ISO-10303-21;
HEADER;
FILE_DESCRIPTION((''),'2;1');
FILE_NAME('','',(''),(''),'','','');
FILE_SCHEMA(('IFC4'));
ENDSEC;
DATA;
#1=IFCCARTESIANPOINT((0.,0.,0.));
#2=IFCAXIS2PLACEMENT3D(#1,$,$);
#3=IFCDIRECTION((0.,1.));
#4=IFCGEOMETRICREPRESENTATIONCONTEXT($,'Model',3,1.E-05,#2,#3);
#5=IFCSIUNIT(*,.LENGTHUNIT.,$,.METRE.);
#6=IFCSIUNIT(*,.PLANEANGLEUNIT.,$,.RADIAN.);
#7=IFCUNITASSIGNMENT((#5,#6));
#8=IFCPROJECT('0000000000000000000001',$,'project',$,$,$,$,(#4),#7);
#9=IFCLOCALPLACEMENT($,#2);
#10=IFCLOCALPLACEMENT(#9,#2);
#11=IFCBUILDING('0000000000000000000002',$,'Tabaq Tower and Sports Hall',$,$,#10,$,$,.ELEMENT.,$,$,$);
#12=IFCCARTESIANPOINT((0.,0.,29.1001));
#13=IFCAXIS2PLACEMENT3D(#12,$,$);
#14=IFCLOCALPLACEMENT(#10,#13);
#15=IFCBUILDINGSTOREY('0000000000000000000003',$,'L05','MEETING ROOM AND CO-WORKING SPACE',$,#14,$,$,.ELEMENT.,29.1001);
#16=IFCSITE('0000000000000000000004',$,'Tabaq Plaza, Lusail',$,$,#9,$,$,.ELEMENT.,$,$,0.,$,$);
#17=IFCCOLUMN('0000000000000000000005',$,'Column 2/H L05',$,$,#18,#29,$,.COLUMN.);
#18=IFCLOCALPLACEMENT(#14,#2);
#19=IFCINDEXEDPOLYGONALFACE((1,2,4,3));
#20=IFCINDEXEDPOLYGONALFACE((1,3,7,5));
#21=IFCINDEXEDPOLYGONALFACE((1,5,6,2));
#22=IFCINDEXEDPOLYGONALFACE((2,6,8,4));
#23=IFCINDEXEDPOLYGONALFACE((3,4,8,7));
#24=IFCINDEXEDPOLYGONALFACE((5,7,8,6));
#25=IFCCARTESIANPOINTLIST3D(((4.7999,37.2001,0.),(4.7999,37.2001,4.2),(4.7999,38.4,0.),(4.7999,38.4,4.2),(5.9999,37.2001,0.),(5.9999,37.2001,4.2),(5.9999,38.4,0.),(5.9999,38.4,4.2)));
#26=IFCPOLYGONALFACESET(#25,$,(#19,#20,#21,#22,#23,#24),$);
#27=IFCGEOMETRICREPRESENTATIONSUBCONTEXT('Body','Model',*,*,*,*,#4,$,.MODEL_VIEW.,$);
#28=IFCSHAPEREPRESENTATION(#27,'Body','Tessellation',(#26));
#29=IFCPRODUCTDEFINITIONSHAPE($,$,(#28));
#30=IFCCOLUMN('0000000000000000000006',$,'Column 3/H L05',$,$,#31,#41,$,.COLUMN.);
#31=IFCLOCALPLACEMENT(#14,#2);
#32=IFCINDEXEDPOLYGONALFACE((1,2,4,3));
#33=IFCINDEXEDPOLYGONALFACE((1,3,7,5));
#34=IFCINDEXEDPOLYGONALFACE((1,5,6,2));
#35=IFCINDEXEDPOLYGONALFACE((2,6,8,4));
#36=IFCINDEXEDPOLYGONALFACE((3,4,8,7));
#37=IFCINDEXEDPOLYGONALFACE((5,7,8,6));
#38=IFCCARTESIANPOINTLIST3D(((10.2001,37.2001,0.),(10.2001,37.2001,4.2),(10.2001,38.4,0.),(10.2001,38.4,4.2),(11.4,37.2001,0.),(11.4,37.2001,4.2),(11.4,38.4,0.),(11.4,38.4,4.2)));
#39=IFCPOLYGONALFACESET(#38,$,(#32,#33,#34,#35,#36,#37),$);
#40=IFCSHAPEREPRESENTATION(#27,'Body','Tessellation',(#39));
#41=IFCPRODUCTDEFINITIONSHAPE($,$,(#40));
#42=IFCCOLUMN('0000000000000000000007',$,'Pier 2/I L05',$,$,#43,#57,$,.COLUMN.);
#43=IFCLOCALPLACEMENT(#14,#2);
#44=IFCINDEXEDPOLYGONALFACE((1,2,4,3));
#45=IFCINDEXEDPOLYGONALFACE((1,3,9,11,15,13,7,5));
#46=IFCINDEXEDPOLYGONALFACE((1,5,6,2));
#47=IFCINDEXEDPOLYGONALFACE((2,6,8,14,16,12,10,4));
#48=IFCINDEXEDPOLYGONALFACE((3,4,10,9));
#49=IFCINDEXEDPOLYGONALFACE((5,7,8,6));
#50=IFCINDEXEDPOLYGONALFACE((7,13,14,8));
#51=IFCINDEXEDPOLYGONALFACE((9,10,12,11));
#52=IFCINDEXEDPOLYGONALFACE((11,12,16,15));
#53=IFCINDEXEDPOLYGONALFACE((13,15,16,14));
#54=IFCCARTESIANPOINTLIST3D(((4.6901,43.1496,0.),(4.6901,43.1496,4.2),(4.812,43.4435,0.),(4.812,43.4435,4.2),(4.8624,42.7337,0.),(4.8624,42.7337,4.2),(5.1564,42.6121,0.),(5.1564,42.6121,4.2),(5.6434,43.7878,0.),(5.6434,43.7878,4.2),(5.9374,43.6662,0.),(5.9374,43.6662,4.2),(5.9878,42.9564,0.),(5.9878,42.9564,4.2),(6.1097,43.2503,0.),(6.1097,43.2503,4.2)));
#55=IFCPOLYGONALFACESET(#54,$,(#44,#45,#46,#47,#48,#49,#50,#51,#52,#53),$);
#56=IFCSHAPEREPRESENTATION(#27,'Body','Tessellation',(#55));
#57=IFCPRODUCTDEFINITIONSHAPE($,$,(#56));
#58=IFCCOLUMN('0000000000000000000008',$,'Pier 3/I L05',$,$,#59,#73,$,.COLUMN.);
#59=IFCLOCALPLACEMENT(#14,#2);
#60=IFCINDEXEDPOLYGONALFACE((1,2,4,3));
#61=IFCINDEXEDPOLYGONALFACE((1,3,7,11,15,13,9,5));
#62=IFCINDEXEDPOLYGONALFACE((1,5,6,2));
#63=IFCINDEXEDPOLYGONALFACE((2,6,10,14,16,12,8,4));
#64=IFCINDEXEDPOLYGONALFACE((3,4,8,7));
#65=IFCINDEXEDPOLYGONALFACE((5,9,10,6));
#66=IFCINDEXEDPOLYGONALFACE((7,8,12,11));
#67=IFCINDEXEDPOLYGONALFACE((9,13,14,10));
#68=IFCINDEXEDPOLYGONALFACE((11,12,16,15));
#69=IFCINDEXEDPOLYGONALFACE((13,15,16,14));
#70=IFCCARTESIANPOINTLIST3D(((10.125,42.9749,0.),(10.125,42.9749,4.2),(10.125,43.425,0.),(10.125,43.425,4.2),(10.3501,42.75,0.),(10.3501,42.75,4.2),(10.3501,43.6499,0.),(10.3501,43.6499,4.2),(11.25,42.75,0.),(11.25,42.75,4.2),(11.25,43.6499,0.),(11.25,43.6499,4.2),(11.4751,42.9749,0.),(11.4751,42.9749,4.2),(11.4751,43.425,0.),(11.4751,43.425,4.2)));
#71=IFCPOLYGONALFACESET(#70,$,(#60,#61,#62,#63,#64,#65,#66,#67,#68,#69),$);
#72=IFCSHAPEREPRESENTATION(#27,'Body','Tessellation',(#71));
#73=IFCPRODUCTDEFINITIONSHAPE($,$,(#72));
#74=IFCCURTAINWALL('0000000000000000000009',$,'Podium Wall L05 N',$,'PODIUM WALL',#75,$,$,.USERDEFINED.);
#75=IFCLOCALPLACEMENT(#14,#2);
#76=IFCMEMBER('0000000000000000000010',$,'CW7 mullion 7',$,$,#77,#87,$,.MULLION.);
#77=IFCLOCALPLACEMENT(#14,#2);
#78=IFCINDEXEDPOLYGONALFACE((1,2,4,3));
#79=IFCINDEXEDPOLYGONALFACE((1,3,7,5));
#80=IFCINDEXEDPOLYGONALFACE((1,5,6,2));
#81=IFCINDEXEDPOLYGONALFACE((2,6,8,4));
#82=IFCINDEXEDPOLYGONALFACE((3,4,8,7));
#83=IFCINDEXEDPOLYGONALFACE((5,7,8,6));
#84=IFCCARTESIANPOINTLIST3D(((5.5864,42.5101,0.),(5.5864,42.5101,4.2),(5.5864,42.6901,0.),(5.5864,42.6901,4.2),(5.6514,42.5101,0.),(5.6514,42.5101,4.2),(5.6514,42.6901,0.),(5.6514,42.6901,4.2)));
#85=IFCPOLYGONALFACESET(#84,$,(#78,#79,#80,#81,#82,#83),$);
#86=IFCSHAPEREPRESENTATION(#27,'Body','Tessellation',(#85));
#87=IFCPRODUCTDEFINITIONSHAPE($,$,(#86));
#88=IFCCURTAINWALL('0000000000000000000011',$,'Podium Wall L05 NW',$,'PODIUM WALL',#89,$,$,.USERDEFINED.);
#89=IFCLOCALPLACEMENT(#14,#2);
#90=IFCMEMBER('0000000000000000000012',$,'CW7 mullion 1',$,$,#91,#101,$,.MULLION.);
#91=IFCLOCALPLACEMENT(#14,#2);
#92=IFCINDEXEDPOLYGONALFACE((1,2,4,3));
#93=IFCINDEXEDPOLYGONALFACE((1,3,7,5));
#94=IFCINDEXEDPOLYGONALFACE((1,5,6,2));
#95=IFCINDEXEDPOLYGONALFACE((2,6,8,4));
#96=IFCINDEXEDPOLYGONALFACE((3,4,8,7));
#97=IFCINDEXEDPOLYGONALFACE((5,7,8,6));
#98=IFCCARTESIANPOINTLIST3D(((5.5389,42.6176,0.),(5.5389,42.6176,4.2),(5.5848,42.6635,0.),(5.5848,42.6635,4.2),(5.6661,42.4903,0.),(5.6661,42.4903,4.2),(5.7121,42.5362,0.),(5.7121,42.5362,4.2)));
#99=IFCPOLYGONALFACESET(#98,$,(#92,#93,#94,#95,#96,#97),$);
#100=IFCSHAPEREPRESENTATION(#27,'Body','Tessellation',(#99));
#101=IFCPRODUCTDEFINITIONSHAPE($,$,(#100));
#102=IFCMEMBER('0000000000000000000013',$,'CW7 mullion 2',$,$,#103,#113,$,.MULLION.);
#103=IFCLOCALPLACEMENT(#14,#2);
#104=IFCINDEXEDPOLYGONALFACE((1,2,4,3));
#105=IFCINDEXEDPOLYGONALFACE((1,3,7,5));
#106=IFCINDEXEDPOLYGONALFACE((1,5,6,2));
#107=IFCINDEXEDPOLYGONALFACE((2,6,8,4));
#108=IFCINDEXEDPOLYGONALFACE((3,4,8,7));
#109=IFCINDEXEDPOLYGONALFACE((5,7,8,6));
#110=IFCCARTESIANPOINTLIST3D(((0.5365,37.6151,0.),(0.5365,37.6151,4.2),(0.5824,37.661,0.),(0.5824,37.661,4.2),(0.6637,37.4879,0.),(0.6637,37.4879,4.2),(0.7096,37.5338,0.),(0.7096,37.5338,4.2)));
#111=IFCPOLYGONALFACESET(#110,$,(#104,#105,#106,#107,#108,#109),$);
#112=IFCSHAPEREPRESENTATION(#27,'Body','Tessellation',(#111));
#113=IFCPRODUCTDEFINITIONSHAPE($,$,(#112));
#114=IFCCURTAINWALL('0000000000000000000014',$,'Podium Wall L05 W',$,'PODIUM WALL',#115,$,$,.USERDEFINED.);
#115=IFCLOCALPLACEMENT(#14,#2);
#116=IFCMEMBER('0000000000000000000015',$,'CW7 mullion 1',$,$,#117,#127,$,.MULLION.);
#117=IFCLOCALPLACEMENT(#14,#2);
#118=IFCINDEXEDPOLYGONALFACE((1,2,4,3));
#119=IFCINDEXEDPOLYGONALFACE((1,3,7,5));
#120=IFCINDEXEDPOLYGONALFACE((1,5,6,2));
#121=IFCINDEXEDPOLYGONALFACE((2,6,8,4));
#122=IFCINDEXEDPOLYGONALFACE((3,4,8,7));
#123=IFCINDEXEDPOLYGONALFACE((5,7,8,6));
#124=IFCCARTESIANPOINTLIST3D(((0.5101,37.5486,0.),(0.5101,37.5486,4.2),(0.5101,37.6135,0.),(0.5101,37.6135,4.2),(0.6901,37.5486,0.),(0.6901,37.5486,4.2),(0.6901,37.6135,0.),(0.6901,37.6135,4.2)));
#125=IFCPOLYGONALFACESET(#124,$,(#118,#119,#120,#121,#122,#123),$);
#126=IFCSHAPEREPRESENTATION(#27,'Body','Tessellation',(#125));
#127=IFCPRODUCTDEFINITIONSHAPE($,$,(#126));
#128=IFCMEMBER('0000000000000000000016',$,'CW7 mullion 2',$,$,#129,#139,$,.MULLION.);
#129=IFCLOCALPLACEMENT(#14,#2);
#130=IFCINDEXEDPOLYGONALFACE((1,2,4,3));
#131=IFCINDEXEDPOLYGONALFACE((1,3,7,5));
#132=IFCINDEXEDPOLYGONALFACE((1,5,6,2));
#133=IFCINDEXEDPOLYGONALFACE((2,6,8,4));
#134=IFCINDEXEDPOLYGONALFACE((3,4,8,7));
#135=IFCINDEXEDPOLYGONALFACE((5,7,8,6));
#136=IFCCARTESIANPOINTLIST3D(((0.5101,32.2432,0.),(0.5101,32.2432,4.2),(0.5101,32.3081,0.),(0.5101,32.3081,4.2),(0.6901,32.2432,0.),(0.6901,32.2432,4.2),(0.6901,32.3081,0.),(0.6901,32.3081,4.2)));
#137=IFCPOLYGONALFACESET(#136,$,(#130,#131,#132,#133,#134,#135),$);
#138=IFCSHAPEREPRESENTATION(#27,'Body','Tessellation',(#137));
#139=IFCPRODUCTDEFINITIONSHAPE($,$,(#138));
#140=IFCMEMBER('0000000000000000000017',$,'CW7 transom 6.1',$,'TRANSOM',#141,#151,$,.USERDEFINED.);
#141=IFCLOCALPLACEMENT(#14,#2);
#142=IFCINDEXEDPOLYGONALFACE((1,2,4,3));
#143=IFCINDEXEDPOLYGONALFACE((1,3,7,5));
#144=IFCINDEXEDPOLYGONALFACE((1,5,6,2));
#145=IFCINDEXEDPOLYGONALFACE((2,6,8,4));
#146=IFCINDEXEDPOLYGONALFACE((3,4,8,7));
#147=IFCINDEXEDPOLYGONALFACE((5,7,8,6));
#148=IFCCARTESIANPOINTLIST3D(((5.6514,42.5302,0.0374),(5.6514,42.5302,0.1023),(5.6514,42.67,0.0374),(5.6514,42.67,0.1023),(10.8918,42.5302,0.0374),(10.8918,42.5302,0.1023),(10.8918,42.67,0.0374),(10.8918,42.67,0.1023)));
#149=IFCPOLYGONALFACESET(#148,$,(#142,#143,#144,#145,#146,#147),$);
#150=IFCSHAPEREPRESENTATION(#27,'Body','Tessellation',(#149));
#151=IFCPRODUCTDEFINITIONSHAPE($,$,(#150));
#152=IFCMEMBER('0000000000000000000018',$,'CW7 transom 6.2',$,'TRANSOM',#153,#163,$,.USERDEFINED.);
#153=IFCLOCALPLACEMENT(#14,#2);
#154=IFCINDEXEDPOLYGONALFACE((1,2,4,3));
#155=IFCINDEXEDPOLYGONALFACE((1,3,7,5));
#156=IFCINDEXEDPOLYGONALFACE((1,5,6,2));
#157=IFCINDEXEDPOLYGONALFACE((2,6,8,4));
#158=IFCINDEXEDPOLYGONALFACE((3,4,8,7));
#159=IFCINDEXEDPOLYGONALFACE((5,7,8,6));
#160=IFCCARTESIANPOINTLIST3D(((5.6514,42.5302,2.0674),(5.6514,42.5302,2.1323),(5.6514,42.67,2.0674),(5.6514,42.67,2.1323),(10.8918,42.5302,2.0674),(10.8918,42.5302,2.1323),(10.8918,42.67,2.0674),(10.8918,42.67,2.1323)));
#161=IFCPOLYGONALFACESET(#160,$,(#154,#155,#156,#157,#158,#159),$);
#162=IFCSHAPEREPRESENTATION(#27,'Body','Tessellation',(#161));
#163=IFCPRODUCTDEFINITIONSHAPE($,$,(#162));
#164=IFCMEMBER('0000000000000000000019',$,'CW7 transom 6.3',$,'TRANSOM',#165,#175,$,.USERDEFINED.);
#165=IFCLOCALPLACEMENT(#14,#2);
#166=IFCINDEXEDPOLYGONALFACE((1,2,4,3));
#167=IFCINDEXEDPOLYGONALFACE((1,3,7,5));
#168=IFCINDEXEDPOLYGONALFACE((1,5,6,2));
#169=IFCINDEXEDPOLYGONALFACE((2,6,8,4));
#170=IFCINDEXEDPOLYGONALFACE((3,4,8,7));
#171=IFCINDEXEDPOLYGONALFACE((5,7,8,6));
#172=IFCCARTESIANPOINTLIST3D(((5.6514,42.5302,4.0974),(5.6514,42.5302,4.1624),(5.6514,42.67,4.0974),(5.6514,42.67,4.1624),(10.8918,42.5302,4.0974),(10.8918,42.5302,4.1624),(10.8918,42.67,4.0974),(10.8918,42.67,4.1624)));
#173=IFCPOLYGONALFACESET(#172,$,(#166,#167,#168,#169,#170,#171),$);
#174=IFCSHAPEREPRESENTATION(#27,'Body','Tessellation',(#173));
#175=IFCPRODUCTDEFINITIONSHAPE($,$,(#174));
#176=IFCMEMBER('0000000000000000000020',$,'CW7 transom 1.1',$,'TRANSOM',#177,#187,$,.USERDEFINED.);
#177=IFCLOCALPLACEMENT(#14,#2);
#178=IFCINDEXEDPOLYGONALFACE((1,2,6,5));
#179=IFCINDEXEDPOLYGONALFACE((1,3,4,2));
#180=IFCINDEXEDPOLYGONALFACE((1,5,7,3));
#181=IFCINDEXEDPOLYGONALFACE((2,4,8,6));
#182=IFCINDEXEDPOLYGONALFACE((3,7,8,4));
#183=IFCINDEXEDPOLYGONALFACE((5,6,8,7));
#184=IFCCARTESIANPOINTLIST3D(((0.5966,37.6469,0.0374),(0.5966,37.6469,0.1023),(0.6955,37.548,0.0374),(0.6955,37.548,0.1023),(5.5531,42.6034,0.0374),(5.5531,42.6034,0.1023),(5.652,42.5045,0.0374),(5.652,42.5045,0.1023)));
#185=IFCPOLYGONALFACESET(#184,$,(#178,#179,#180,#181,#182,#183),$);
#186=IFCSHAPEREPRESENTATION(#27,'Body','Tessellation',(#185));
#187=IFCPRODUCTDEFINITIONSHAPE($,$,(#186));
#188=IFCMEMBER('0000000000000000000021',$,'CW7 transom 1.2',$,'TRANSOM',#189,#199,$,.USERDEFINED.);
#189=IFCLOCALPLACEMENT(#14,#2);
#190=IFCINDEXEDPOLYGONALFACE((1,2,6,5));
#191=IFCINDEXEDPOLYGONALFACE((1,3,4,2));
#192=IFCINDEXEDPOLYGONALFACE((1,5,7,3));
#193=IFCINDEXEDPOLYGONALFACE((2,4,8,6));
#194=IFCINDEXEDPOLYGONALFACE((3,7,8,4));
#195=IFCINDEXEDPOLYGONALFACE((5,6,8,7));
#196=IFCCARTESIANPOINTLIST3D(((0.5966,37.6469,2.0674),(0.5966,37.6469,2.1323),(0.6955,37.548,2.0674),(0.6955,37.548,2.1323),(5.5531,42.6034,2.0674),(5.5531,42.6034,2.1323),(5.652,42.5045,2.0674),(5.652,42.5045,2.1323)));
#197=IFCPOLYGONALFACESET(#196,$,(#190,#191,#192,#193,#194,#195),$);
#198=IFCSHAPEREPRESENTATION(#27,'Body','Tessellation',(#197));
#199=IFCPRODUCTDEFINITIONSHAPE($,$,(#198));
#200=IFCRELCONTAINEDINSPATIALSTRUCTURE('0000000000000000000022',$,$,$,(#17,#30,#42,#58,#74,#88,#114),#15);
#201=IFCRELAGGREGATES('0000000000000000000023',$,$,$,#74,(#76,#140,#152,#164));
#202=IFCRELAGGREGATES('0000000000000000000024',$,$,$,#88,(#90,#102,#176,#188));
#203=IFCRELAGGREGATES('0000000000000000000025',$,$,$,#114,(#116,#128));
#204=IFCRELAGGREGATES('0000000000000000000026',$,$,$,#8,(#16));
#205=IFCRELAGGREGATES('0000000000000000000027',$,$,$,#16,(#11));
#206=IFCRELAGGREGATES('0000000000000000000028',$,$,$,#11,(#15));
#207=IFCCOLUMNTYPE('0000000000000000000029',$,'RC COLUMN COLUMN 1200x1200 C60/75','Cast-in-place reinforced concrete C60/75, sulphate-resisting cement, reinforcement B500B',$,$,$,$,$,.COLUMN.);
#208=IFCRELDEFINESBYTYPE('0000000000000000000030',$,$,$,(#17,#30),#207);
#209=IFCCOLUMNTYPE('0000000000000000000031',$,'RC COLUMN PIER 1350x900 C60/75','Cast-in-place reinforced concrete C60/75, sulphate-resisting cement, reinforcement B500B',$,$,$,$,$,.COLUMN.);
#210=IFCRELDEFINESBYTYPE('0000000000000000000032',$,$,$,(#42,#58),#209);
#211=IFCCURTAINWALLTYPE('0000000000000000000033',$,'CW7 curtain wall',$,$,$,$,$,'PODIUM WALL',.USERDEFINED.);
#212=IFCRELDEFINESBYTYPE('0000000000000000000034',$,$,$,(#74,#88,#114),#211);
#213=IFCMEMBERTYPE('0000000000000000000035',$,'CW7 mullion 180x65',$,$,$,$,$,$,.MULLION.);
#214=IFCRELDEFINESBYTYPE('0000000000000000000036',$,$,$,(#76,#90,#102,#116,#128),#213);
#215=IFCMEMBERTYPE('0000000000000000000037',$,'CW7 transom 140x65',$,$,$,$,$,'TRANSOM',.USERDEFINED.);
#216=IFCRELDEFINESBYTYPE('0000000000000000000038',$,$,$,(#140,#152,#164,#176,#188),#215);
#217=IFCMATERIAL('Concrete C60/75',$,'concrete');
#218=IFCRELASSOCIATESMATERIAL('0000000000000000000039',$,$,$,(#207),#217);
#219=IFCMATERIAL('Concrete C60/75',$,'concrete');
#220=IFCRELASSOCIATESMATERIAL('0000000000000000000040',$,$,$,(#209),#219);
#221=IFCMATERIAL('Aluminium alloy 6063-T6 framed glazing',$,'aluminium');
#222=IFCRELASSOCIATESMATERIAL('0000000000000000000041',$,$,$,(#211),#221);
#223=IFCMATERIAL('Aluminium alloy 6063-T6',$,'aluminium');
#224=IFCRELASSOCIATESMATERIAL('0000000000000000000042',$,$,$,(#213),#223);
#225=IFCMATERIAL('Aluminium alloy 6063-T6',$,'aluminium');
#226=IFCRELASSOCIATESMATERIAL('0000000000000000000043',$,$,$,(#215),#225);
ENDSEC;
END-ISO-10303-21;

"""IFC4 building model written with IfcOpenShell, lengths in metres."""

from ifc_helpers import new_model, si_unit, direction, frame, origin, origin_2d, place, context, subcontext, project, spatial, polyline, rectangle, outline, extrude, material, material_profile, profile_set, type_object, element, aggregate, save


model = new_model("IFC4")

# Units and contexts
model_context = context("Model", 3, precision=1e-05, world=origin(), true_north=direction((0.0, 1.0)))
body_context = subcontext(model_context, "Body", "Model", "MODEL_VIEW")
ifc_project = project(units=[si_unit("LENGTHUNIT", "METRE"), si_unit("PLANEANGLEUNIT", "RADIAN")], contexts=[model_context])

# Site, building, storey
site_placement = place(None, origin())
site = spatial("IfcSite", under=ifc_project, at=site_placement, Name="Tabaq Plaza, Lusail", CompositionType="ELEMENT", RefElevation=0.0)
building_placement = place(site_placement, origin())
building = spatial("IfcBuilding", under=site, at=building_placement, Name="Tabaq Tower and Sports Hall", CompositionType="ELEMENT")
storey_placement = place(building_placement, frame((0.0, 0.0, 29.1001)))
storey = spatial("IfcBuildingStorey", under=building, at=storey_placement, Name="L05", Description="MEETING ROOM AND CO-WORKING SPACE", CompositionType="ELEMENT", Elevation=29.1001)

# Columns
ifc_material_1 = material(Name="Concrete C60/75", Category="concrete")
ifc_material_profile_1 = material_profile(ifc_material_1, rectangle(XDim=1.2, YDim=1.2, at=origin_2d()), Name="COLUMN 1200x1200")
ifc_profile_set_1 = profile_set([ifc_material_profile_1], Name="Concrete C60/75")
column_type_1 = type_object("IfcColumnType", Name="RC COLUMN COLUMN 1200x1200 C60/75", Description="Cast-in-place reinforced concrete C60/75, sulphate-resisting cement, reinforcement B500B", PredefinedType="COLUMN", material=ifc_profile_set_1)
for number, where, z_axis, x_axis, name in (
    (1, (5.3999, 37.8, 0.0), (0.0, 0.0, 1.0), (1.0, 0.0, 0.0), "Column 2/H L05"),
    (2, (10.8, 37.8, 0.0), (0.0, 0.0, 1.0), (1.0, 0.0, 0.0), "Column 3/H L05"),
):
    element("IfcColumn", number, at=place(storey_placement, frame(where, z_axis=z_axis, x_axis=x_axis)), inside=storey, type_object=column_type_1, Name=name, PredefinedType="COLUMN", context=body_context, shape_type="SweptSolid", body=[
        extrude(rectangle(XDim=1.2, YDim=1.2, at=origin_2d()), origin(), (0.0, 0.0, 1.0), 4.2),
    ])
ifc_material_2 = material(Name="Concrete C60/75", Category="concrete")
ifc_material_profile_2 = material_profile(ifc_material_2, outline(polyline([(-0.45, -0.45), (0.45, -0.45), (0.675, -0.2251), (0.675, 0.2251), (0.45, 0.45), (-0.45, 0.45), (-0.675, 0.2251), (-0.675, -0.2251), (-0.45, -0.45)])), Name="PIER 1350x900")
ifc_profile_set_2 = profile_set([ifc_material_profile_2], Name="Concrete C60/75")
column_type_2 = type_object("IfcColumnType", Name="RC COLUMN PIER 1350x900 C60/75", Description="Cast-in-place reinforced concrete C60/75, sulphate-resisting cement, reinforcement B500B", PredefinedType="COLUMN", material=ifc_profile_set_2)
for number, where, z_axis, x_axis, name in (
    (3, (5.3999, 43.2, 0.0), (0.0, 0.0, 1.0), (0.92388, 0.382683, 0.0), "Pier 2/I L05"),
    (4, (10.8, 43.2, 0.0), (0.0, 0.0, 1.0), (1.0, 0.0, 0.0), "Pier 3/I L05"),
):
    element("IfcColumn", number, at=place(storey_placement, frame(where, z_axis=z_axis, x_axis=x_axis)), inside=storey, type_object=column_type_2, Name=name, PredefinedType="COLUMN", context=body_context, shape_type="SweptSolid", body=[
        extrude(outline(polyline([(-0.45, -0.45), (0.45, -0.45), (0.675, -0.2251), (0.675, 0.2251), (0.45, 0.45), (-0.45, 0.45), (-0.675, 0.2251), (-0.675, -0.2251), (-0.45, -0.45)])), origin(), (0.0, 0.0, 1.0), 4.2),
    ])

# Curtain wall, member
ifc_material_3 = material(Name="Aluminium alloy 6063-T6 framed glazing", Category="aluminium")
curtain_wall_type = type_object("IfcCurtainWallType", Name="CW7 curtain wall", ElementType="PODIUM WALL", PredefinedType="USERDEFINED", material=ifc_material_3)
curtain_wall_1_placement = place(storey_placement, origin())
curtain_wall_1 = element("IfcCurtainWall", 5, at=curtain_wall_1_placement, inside=storey, type_object=curtain_wall_type, Name="Podium Wall L05 N", ObjectType="PODIUM WALL", PredefinedType="USERDEFINED")
ifc_material_4 = material(Name="Aluminium alloy 6063-T6", Category="aluminium")
ifc_material_profile_3 = material_profile(ifc_material_4, rectangle(XDim=0.1799, YDim=0.0649, at=origin_2d()), Name="MULLION 180x65")
ifc_profile_set_3 = profile_set([ifc_material_profile_3], Name="Aluminium alloy 6063-T6")
member_type_1 = type_object("IfcMemberType", Name="CW7 mullion 180x65", PredefinedType="MULLION", material=ifc_profile_set_3)
member_1_placement = place(storey_placement, frame((5.6189, 42.6001, 0.0), z_axis=(0.0, 0.0, 1.0), x_axis=(0.0, -1.0, 0.0)))
member_1 = element("IfcMember", 6, at=member_1_placement, type_object=member_type_1, Name="CW7 mullion 7", PredefinedType="MULLION", context=body_context, shape_type="SweptSolid", body=[
    extrude(rectangle(XDim=0.1799, YDim=0.0649, at=origin_2d()), origin(), (0.0, 0.0, 1.0), 4.2),
])

# Curtain walls, members
curtain_wall_2_placement = place(storey_placement, origin())
curtain_wall_2 = element("IfcCurtainWall", 7, at=curtain_wall_2_placement, inside=storey, type_object=curtain_wall_type, Name="Podium Wall L05 NW", ObjectType="PODIUM WALL", PredefinedType="USERDEFINED")
member_2_placement = place(storey_placement, frame((5.6255, 42.5769, 0.0), z_axis=(0.0, 0.0, 1.0), x_axis=(0.707107, -0.707107, 0.0)))
member_2 = element("IfcMember", 8, at=member_2_placement, type_object=member_type_1, Name="CW7 mullion 1", PredefinedType="MULLION", context=body_context, shape_type="SweptSolid", body=[
    extrude(rectangle(XDim=0.1799, YDim=0.0649, at=origin_2d()), origin(), (0.0, 0.0, 1.0), 4.2),
])
member_3_placement = place(storey_placement, frame((0.623, 37.5745, 0.0), z_axis=(0.0, 0.0, 1.0), x_axis=(0.707107, -0.707107, 0.0)))
member_3 = element("IfcMember", 9, at=member_3_placement, type_object=member_type_1, Name="CW7 mullion 2", PredefinedType="MULLION", context=body_context, shape_type="SweptSolid", body=[
    extrude(rectangle(XDim=0.1799, YDim=0.0649, at=origin_2d()), origin(), (0.0, 0.0, 1.0), 4.2),
])
curtain_wall_3_placement = place(storey_placement, origin())
curtain_wall_3 = element("IfcCurtainWall", 10, at=curtain_wall_3_placement, inside=storey, type_object=curtain_wall_type, Name="Podium Wall L05 W", ObjectType="PODIUM WALL", PredefinedType="USERDEFINED")
member_4_placement = place(storey_placement, frame((0.6001, 37.5811, 0.0), z_axis=(0.0, 0.0, 1.0), x_axis=(1.0, 0.0, 0.0)))
member_4 = element("IfcMember", 11, at=member_4_placement, type_object=member_type_1, Name="CW7 mullion 1", PredefinedType="MULLION", context=body_context, shape_type="SweptSolid", body=[
    extrude(rectangle(XDim=0.1799, YDim=0.0649, at=origin_2d()), origin(), (0.0, 0.0, 1.0), 4.2),
])
member_5_placement = place(storey_placement, frame((0.6001, 32.2756, 0.0), z_axis=(0.0, 0.0, 1.0), x_axis=(1.0, 0.0, 0.0)))
member_5 = element("IfcMember", 12, at=member_5_placement, type_object=member_type_1, Name="CW7 mullion 2", PredefinedType="MULLION", context=body_context, shape_type="SweptSolid", body=[
    extrude(rectangle(XDim=0.1799, YDim=0.0649, at=origin_2d()), origin(), (0.0, 0.0, 1.0), 4.2),
])

# Members
ifc_material_5 = material(Name="Aluminium alloy 6063-T6", Category="aluminium")
ifc_material_profile_4 = material_profile(ifc_material_5, rectangle(XDim=0.1399, YDim=0.0649, at=origin_2d()), Name="TRANSOM 140x65")
ifc_profile_set_4 = profile_set([ifc_material_profile_4], Name="Aluminium alloy 6063-T6")
member_type_2 = type_object("IfcMemberType", Name="CW7 transom 140x65", ElementType="TRANSOM", PredefinedType="USERDEFINED", material=ifc_profile_set_4)
member_6_placement = place(storey_placement, frame((10.8918, 42.6001, 0.0698), z_axis=(-1.0, 0.0, 0.0), x_axis=(0.0, -1.0, 0.0)))
member_6 = element("IfcMember", 13, at=member_6_placement, type_object=member_type_2, Name="CW7 transom 6.1", ObjectType="TRANSOM", PredefinedType="USERDEFINED", context=body_context, shape_type="SweptSolid", body=[
    extrude(rectangle(XDim=0.1399, YDim=0.0649, at=origin_2d()), origin(), (0.0, 0.0, 1.0), 5.2405),
])
member_7_placement = place(storey_placement, frame((10.8918, 42.6001, 2.0999), z_axis=(-1.0, 0.0, 0.0), x_axis=(0.0, -1.0, 0.0)))
member_7 = element("IfcMember", 14, at=member_7_placement, type_object=member_type_2, Name="CW7 transom 6.2", ObjectType="TRANSOM", PredefinedType="USERDEFINED", context=body_context, shape_type="SweptSolid", body=[
    extrude(rectangle(XDim=0.1399, YDim=0.0649, at=origin_2d()), origin(), (0.0, 0.0, 1.0), 5.2405),
])
member_8_placement = place(storey_placement, frame((10.8918, 42.6001, 4.1299), z_axis=(-1.0, 0.0, 0.0), x_axis=(0.0, -1.0, 0.0)))
member_8 = element("IfcMember", 15, at=member_8_placement, type_object=member_type_2, Name="CW7 transom 6.3", ObjectType="TRANSOM", PredefinedType="USERDEFINED", context=body_context, shape_type="SweptSolid", body=[
    extrude(rectangle(XDim=0.1399, YDim=0.0649, at=origin_2d()), origin(), (0.0, 0.0, 1.0), 5.2405),
])
member_9_placement = place(storey_placement, frame((5.6025, 42.554, 0.0698), z_axis=(-0.707107, -0.707107, 0.0), x_axis=(0.707107, -0.707107, 0.0)))
member_9 = element("IfcMember", 16, at=member_9_placement, type_object=member_type_2, Name="CW7 transom 1.1", ObjectType="TRANSOM", PredefinedType="USERDEFINED", context=body_context, shape_type="SweptSolid", body=[
    extrude(rectangle(XDim=0.1399, YDim=0.0649, at=origin_2d()), origin(), (0.0, 0.0, 1.0), 7.0095),
])
member_10_placement = place(storey_placement, frame((5.6025, 42.554, 2.0999), z_axis=(-0.707107, -0.707107, 0.0), x_axis=(0.707107, -0.707107, 0.0)))
member_10 = element("IfcMember", 17, at=member_10_placement, type_object=member_type_2, Name="CW7 transom 1.2", ObjectType="TRANSOM", PredefinedType="USERDEFINED", context=body_context, shape_type="SweptSolid", body=[
    extrude(rectangle(XDim=0.1399, YDim=0.0649, at=origin_2d()), origin(), (0.0, 0.0, 1.0), 7.0095),
])

aggregate(curtain_wall_1, [member_1, member_6, member_7, member_8])
aggregate(curtain_wall_2, [member_2, member_3, member_9, member_10])
aggregate(curtain_wall_3, [member_4, member_5])

save(model, "model.ifc")
